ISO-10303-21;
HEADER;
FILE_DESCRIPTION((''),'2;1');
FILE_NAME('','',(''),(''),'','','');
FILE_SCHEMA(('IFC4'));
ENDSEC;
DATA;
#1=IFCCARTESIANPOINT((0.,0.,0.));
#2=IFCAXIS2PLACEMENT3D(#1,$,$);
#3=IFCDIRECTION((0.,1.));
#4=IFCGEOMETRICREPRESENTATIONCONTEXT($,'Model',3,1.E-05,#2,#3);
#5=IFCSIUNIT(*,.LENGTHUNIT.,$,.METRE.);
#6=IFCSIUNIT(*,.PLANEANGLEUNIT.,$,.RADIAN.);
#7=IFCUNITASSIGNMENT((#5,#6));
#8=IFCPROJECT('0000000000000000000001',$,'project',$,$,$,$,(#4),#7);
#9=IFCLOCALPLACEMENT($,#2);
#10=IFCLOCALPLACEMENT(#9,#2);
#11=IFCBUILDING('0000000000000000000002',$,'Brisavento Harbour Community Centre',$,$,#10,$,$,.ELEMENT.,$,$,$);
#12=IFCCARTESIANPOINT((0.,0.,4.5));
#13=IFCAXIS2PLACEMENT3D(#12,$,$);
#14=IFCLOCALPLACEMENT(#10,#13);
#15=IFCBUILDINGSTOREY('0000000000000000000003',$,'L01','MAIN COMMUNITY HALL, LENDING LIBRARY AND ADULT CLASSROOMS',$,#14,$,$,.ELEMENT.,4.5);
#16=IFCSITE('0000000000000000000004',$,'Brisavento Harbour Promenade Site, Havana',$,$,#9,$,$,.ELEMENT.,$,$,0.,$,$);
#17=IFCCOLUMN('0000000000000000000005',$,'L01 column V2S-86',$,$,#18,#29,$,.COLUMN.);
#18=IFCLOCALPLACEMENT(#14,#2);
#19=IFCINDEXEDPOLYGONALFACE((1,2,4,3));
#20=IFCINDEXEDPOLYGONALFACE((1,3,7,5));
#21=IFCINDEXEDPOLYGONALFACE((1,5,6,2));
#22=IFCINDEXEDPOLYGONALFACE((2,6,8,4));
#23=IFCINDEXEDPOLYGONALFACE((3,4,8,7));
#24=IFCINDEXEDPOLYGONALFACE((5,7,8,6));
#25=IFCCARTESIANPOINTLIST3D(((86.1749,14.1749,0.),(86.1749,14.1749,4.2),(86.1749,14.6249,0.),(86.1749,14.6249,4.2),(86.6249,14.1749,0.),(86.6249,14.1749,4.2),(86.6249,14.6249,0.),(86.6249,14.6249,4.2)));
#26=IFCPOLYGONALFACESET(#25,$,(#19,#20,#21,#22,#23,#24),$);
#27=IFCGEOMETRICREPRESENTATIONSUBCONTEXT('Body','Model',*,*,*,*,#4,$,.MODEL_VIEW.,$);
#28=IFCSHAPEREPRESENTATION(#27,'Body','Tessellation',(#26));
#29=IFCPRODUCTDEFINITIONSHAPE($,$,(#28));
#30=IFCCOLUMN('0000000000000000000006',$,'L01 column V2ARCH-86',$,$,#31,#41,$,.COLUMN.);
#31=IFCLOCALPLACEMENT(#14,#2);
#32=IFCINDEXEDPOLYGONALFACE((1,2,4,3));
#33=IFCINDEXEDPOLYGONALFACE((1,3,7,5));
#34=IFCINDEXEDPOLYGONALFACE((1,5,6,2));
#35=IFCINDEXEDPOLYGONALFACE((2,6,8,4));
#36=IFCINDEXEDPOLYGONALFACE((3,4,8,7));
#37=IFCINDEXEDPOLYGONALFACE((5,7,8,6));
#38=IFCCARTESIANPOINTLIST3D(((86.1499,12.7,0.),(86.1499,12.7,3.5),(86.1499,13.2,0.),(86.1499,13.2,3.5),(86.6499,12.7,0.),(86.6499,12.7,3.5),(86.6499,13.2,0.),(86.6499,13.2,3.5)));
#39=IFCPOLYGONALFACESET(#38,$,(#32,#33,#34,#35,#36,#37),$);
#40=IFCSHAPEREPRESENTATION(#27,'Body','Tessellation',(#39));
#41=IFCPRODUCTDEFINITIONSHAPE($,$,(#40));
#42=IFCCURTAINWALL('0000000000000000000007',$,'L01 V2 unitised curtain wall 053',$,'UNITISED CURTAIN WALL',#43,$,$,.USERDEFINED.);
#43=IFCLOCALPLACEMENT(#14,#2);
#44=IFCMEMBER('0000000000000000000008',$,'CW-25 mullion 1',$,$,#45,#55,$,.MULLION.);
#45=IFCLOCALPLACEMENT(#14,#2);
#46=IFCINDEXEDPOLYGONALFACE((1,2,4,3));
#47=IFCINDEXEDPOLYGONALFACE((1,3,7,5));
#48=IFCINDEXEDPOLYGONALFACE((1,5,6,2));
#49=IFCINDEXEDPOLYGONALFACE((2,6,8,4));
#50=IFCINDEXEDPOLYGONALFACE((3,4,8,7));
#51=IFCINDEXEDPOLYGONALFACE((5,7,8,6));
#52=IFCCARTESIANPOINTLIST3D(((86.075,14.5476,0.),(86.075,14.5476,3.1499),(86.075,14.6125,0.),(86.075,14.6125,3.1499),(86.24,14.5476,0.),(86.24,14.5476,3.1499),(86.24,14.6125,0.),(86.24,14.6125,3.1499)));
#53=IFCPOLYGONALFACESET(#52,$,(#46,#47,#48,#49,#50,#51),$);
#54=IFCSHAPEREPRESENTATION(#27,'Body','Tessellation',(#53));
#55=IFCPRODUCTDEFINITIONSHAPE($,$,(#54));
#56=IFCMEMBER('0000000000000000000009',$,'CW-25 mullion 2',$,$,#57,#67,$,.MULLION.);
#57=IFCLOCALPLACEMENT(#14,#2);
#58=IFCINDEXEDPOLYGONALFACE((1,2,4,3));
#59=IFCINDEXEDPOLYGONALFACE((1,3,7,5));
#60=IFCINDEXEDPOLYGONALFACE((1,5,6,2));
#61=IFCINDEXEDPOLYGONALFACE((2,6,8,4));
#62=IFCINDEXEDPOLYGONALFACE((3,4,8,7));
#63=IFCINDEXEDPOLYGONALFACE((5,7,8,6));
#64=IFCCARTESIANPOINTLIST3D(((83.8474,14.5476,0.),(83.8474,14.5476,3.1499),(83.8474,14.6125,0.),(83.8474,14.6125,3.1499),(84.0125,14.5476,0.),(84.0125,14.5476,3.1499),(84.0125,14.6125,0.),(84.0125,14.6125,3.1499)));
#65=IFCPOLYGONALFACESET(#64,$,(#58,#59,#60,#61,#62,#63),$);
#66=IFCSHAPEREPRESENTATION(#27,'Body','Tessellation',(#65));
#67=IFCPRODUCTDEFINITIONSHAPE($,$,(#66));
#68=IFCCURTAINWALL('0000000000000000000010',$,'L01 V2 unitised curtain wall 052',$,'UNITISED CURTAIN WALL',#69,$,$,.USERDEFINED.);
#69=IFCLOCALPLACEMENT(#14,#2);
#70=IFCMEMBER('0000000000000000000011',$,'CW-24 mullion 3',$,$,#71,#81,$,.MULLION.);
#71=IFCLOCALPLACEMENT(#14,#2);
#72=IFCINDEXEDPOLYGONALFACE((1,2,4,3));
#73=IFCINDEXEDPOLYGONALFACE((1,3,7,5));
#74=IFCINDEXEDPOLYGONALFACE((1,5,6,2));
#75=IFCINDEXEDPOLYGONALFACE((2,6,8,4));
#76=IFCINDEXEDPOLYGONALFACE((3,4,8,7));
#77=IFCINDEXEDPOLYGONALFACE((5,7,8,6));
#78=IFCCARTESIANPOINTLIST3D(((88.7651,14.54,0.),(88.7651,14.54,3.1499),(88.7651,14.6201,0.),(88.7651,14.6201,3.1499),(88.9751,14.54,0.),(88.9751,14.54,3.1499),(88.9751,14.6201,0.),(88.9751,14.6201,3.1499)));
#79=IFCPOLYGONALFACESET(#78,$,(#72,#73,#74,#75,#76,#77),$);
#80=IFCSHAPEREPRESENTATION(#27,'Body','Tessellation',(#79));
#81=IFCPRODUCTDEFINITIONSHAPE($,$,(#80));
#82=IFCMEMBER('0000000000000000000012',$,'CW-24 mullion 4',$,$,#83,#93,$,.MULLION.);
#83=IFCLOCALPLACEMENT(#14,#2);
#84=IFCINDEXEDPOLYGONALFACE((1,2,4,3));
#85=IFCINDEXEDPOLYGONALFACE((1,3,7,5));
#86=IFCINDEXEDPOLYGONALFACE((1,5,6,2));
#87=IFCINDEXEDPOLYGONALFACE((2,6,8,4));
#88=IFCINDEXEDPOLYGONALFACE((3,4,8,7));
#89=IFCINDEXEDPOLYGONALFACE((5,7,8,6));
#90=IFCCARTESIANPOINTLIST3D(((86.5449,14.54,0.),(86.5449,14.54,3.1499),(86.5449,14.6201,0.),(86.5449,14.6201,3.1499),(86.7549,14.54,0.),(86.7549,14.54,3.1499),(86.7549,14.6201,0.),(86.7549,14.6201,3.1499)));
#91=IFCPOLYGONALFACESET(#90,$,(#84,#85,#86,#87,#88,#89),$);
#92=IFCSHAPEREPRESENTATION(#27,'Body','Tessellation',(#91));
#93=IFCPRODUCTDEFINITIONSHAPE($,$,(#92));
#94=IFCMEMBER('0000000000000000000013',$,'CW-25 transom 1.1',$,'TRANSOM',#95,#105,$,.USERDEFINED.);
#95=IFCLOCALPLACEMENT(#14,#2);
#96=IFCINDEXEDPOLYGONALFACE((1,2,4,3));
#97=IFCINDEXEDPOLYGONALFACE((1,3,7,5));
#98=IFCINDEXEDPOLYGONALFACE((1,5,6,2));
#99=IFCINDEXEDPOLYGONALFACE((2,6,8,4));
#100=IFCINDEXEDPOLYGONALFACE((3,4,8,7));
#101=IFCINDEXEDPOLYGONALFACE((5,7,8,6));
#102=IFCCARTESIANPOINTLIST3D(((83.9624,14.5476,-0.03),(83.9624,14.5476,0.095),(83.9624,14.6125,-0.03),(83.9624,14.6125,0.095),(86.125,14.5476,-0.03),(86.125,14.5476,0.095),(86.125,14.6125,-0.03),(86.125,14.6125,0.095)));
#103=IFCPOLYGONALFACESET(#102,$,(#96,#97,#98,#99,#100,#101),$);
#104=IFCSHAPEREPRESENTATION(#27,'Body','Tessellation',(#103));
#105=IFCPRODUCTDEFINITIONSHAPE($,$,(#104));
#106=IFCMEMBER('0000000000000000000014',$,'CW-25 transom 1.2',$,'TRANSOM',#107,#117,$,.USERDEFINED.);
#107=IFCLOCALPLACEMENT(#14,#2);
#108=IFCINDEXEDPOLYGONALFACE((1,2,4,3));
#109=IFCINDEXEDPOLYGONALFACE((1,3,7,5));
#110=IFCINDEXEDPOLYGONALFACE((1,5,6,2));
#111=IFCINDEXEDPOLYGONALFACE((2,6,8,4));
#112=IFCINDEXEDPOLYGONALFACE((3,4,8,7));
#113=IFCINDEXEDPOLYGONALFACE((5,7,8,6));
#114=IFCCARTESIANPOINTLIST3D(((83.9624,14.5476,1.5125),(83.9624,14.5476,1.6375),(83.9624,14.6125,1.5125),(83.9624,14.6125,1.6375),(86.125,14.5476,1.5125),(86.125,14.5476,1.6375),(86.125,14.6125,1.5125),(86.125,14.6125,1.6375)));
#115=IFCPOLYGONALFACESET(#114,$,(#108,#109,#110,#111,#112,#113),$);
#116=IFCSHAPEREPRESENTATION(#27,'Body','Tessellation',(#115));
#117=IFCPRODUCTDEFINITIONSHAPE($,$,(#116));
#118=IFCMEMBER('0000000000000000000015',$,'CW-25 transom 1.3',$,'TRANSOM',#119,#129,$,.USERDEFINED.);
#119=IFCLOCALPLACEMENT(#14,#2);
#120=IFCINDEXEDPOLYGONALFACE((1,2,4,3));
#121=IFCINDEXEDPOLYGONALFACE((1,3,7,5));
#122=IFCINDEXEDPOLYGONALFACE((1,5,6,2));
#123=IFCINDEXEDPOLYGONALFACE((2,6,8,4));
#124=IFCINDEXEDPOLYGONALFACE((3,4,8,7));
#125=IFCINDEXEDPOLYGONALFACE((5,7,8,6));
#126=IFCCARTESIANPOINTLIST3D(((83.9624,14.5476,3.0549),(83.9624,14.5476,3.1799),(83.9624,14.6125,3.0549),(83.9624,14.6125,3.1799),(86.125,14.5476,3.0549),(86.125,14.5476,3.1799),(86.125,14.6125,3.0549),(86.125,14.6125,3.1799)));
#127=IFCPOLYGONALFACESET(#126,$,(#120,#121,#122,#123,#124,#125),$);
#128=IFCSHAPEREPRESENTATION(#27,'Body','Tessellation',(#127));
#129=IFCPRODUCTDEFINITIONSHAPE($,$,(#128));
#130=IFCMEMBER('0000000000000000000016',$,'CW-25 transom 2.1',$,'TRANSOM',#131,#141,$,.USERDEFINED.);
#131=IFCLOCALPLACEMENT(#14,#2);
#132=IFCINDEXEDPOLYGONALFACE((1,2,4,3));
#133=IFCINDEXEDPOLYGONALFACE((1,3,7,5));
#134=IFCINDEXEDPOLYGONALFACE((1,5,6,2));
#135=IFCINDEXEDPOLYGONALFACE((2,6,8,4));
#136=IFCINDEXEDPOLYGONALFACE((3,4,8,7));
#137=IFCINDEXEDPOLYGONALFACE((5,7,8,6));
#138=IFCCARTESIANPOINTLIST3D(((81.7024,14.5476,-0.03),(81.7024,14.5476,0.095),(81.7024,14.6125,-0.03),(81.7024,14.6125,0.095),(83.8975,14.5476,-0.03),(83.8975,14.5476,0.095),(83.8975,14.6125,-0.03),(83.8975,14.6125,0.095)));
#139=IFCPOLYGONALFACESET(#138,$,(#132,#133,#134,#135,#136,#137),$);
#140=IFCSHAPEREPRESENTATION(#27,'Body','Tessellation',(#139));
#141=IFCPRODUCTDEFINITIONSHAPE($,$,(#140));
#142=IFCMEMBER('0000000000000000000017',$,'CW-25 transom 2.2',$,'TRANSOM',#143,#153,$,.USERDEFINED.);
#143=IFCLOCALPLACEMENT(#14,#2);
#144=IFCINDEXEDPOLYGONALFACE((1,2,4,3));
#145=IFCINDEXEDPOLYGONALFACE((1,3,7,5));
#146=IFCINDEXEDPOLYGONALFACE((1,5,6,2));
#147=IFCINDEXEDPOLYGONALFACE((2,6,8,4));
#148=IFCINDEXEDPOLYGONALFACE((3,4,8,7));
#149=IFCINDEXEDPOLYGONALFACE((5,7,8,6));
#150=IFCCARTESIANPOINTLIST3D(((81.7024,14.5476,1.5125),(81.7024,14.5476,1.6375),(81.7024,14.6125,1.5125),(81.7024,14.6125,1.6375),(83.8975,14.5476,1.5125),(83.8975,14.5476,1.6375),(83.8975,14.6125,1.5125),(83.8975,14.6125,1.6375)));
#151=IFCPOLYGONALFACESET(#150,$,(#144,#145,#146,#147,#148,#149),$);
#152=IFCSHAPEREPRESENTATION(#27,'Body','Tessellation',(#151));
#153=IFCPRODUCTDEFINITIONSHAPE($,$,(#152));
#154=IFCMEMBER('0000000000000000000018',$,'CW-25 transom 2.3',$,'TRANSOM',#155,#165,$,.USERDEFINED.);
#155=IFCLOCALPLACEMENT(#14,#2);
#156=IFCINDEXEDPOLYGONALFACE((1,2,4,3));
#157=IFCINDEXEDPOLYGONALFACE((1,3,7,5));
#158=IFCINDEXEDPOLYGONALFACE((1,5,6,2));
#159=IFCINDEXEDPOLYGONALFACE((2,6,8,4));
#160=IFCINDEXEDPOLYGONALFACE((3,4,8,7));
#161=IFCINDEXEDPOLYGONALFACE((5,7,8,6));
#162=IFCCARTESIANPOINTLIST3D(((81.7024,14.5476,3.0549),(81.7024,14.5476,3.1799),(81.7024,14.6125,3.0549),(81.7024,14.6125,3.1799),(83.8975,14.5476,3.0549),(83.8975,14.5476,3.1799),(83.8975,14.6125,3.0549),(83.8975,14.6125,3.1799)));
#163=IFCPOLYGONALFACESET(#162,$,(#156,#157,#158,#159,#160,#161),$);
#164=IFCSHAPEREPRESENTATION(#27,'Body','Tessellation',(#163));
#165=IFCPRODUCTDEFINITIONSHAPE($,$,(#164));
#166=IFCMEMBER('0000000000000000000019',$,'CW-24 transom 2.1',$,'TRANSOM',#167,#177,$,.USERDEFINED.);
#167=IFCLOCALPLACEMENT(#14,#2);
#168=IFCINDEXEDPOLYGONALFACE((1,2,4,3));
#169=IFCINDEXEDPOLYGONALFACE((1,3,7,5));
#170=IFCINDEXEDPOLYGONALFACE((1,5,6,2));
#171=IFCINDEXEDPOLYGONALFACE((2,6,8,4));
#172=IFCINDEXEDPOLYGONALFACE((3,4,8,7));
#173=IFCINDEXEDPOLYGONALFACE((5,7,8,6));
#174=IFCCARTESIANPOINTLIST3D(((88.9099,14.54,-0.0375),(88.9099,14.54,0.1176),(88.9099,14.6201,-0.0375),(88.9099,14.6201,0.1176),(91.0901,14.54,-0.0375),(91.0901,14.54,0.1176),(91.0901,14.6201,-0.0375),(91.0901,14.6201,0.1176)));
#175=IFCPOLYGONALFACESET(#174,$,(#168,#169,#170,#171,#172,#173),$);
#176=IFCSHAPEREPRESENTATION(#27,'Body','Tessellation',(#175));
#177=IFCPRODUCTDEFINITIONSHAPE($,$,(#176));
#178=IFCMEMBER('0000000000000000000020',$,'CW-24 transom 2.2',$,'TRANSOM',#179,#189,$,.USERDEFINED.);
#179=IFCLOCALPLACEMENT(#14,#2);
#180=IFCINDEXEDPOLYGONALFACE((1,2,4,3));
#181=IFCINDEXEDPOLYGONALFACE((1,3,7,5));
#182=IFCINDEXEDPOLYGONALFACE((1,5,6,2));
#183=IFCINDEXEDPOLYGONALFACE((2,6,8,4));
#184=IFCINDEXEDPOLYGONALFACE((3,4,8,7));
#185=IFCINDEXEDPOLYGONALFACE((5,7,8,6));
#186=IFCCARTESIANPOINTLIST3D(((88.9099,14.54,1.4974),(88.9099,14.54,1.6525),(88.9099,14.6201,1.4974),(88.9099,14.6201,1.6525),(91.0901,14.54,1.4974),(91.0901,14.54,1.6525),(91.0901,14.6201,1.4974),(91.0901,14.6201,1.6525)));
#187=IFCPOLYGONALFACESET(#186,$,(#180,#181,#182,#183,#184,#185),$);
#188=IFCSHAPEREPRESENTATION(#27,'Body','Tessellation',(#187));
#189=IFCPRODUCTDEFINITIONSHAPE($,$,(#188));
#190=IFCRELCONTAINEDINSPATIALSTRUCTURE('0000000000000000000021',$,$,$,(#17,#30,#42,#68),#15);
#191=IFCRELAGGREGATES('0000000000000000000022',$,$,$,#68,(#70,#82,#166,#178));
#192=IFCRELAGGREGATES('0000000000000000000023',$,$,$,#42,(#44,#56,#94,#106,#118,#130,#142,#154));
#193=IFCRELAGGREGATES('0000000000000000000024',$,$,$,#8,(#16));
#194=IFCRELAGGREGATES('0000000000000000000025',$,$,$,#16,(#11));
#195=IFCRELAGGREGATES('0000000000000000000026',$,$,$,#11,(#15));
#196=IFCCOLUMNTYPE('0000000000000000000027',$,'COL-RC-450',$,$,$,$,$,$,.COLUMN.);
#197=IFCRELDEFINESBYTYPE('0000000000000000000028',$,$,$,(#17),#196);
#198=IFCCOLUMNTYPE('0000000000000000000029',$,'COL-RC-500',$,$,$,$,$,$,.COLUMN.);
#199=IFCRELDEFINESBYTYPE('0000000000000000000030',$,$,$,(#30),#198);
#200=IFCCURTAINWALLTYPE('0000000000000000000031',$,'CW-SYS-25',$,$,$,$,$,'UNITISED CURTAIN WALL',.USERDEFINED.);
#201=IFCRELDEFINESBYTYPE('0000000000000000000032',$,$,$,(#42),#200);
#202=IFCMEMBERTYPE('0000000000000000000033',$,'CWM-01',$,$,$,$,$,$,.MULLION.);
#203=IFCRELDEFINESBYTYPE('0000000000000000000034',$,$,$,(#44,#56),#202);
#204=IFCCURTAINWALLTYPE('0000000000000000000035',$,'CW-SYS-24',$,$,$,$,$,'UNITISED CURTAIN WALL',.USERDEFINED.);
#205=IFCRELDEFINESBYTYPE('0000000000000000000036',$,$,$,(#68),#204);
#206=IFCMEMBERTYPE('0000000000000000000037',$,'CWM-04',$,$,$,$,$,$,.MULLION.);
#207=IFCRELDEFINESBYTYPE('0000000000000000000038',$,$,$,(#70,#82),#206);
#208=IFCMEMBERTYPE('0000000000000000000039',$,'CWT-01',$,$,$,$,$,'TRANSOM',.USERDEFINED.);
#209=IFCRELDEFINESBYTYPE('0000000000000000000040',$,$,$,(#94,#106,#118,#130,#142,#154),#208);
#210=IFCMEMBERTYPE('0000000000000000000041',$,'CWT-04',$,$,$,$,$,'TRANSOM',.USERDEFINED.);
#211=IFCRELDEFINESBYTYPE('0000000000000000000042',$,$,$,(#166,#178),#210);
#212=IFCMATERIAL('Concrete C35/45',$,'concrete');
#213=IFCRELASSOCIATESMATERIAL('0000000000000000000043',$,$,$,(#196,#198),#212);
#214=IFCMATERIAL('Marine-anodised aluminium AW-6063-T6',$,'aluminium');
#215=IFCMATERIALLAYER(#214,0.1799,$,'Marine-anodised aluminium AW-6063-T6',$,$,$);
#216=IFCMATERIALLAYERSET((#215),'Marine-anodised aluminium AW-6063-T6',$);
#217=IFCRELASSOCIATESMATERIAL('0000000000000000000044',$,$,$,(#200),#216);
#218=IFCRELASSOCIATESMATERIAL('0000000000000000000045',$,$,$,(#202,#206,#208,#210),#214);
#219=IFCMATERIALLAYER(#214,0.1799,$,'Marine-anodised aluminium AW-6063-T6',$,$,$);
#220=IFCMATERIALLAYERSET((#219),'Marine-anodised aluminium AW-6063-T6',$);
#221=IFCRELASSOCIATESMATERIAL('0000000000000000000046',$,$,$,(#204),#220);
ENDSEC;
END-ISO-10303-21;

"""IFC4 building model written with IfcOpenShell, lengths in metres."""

from ifc_helpers import new_model, si_unit, direction, frame, origin, origin_2d, place, context, subcontext, project, spatial, rectangle, extrude, material, layer, layer_set, material_profile, profile_set, type_object, element, aggregate, save


model = new_model("IFC4")

# Units and contexts
model_context = context("Model", 3, precision=1e-05, world=origin(), true_north=direction((0.0, 1.0)))
body_context = subcontext(model_context, "Body", "Model", "MODEL_VIEW")
ifc_project = project(units=[si_unit("LENGTHUNIT", "METRE"), si_unit("PLANEANGLEUNIT", "RADIAN")], contexts=[model_context])

# Site, building, storey
site_placement = place(None, origin())
site = spatial("IfcSite", under=ifc_project, at=site_placement, Name="Brisavento Harbour Promenade Site, Havana", CompositionType="ELEMENT", RefElevation=0.0)
building_placement = place(site_placement, origin())
building = spatial("IfcBuilding", under=site, at=building_placement, Name="Brisavento Harbour Community Centre", CompositionType="ELEMENT")
storey_placement = place(building_placement, frame((0.0, 0.0, 4.5)))
storey = spatial("IfcBuildingStorey", under=building, at=storey_placement, Name="L01", Description="MAIN COMMUNITY HALL, LENDING LIBRARY AND ADULT CLASSROOMS", CompositionType="ELEMENT", Elevation=4.5)

# Columns
ifc_material_1 = material(Name="Concrete C35/45", Category="concrete")
ifc_material_profile_1 = material_profile(ifc_material_1, rectangle(XDim=0.45, YDim=0.45, at=origin_2d()), Name="Concrete C35/45")
ifc_profile_set_1 = profile_set([ifc_material_profile_1], Name="Concrete C35/45")
column_type_1 = type_object("IfcColumnType", Name="COL-RC-450", PredefinedType="COLUMN", material=ifc_profile_set_1)
column_1_placement = place(storey_placement, frame((86.3999, 14.3999, 0.0), z_axis=(0.0, 0.0, 1.0), x_axis=(1.0, 0.0, 0.0)))
element("IfcColumn", 1, at=column_1_placement, inside=storey, type_object=column_type_1, Name="L01 column V2S-86", PredefinedType="COLUMN", context=body_context, shape_type="SweptSolid", body=[
    extrude(rectangle(XDim=0.45, YDim=0.45, at=origin_2d()), origin(), (0.0, 0.0, 1.0), 4.2),
])
ifc_material_profile_2 = material_profile(ifc_material_1, rectangle(XDim=0.5, YDim=0.5, at=origin_2d()), Name="Concrete C35/45")
ifc_profile_set_2 = profile_set([ifc_material_profile_2], Name="Concrete C35/45")
column_type_2 = type_object("IfcColumnType", Name="COL-RC-500", PredefinedType="COLUMN", material=ifc_profile_set_2)
column_2_placement = place(storey_placement, frame((86.3999, 12.95, 0.0), z_axis=(0.0, 0.0, 1.0), x_axis=(1.0, 0.0, 0.0)))
element("IfcColumn", 2, at=column_2_placement, inside=storey, type_object=column_type_2, Name="L01 column V2ARCH-86", PredefinedType="COLUMN", context=body_context, shape_type="SweptSolid", body=[
    extrude(rectangle(XDim=0.5, YDim=0.5, at=origin_2d()), origin(), (0.0, 0.0, 1.0), 3.5),
])

# Curtain walls, members
ifc_material_2 = material(Name="Marine-anodised aluminium AW-6063-T6", Category="aluminium")
ifc_layer_1 = layer(ifc_material_2, 0.1799, Name="Marine-anodised aluminium AW-6063-T6")
ifc_layer_set_1 = layer_set([ifc_layer_1], Name="Marine-anodised aluminium AW-6063-T6")
curtain_wall_type_1 = type_object("IfcCurtainWallType", Name="CW-SYS-25", ElementType="UNITISED CURTAIN WALL", PredefinedType="USERDEFINED", material=ifc_layer_set_1)
curtain_wall_1_placement = place(storey_placement, origin())
curtain_wall_1 = element("IfcCurtainWall", 3, at=curtain_wall_1_placement, inside=storey, type_object=curtain_wall_type_1, Name="L01 V2 unitised curtain wall 053", ObjectType="UNITISED CURTAIN WALL", PredefinedType="USERDEFINED")
ifc_material_profile_3 = material_profile(ifc_material_2, rectangle(XDim=0.0649, YDim=0.165, at=origin_2d()), Name="Marine-anodised aluminium AW-6063-T6")
ifc_profile_set_3 = profile_set([ifc_material_profile_3], Name="Marine-anodised aluminium AW-6063-T6")
member_type_1 = type_object("IfcMemberType", Name="CWM-01", PredefinedType="MULLION", material=ifc_profile_set_3)
member_1_placement = place(storey_placement, frame((86.1575, 14.5801, 0.0), z_axis=(0.0, 0.0, 1.0), x_axis=(0.0, -1.0, 0.0)))
member_1 = element("IfcMember", 4, at=member_1_placement, type_object=member_type_1, Name="CW-25 mullion 1", PredefinedType="MULLION", context=body_context, shape_type="SweptSolid", body=[
    extrude(rectangle(XDim=0.0649, YDim=0.165, at=origin_2d()), origin(), (0.0, 0.0, 1.0), 3.1499),
])
member_2_placement = place(storey_placement, frame((83.9299, 14.5801, 0.0), z_axis=(0.0, 0.0, 1.0), x_axis=(0.0, -1.0, 0.0)))
member_2 = element("IfcMember", 5, at=member_2_placement, type_object=member_type_1, Name="CW-25 mullion 2", PredefinedType="MULLION", context=body_context, shape_type="SweptSolid", body=[
    extrude(rectangle(XDim=0.0649, YDim=0.165, at=origin_2d()), origin(), (0.0, 0.0, 1.0), 3.1499),
])
ifc_layer_2 = layer(ifc_material_2, 0.1799, Name="Marine-anodised aluminium AW-6063-T6")
ifc_layer_set_2 = layer_set([ifc_layer_2], Name="Marine-anodised aluminium AW-6063-T6")
curtain_wall_type_2 = type_object("IfcCurtainWallType", Name="CW-SYS-24", ElementType="UNITISED CURTAIN WALL", PredefinedType="USERDEFINED", material=ifc_layer_set_2)
curtain_wall_2_placement = place(storey_placement, origin())
curtain_wall_2 = element("IfcCurtainWall", 6, at=curtain_wall_2_placement, inside=storey, type_object=curtain_wall_type_2, Name="L01 V2 unitised curtain wall 052", ObjectType="UNITISED CURTAIN WALL", PredefinedType="USERDEFINED")
ifc_material_profile_4 = material_profile(ifc_material_2, rectangle(XDim=0.0801, YDim=0.21, at=origin_2d()), Name="Marine-anodised aluminium AW-6063-T6")
ifc_profile_set_4 = profile_set([ifc_material_profile_4], Name="Marine-anodised aluminium AW-6063-T6")
member_type_2 = type_object("IfcMemberType", Name="CWM-04", PredefinedType="MULLION", material=ifc_profile_set_4)
member_3_placement = place(storey_placement, frame((88.8701, 14.5801, 0.0), z_axis=(0.0, 0.0, 1.0), x_axis=(0.0, -1.0, 0.0)))
member_3 = element("IfcMember", 7, at=member_3_placement, type_object=member_type_2, Name="CW-24 mullion 3", PredefinedType="MULLION", context=body_context, shape_type="SweptSolid", body=[
    extrude(rectangle(XDim=0.0801, YDim=0.21, at=origin_2d()), origin(), (0.0, 0.0, 1.0), 3.1499),
])
member_4_placement = place(storey_placement, frame((86.6499, 14.5801, 0.0), z_axis=(0.0, 0.0, 1.0), x_axis=(0.0, -1.0, 0.0)))
member_4 = element("IfcMember", 8, at=member_4_placement, type_object=member_type_2, Name="CW-24 mullion 4", PredefinedType="MULLION", context=body_context, shape_type="SweptSolid", body=[
    extrude(rectangle(XDim=0.0801, YDim=0.21, at=origin_2d()), origin(), (0.0, 0.0, 1.0), 3.1499),
])

# Members
ifc_material_profile_5 = material_profile(ifc_material_2, rectangle(XDim=0.0649, YDim=0.125, at=origin_2d()), Name="Marine-anodised aluminium AW-6063-T6")
ifc_profile_set_5 = profile_set([ifc_material_profile_5], Name="Marine-anodised aluminium AW-6063-T6")
member_type_3 = type_object("IfcMemberType", Name="CWT-01", ElementType="TRANSOM", PredefinedType="USERDEFINED", material=ifc_profile_set_5)
member_5_placement = place(storey_placement, frame((86.125, 14.5801, 0.0325), z_axis=(-1.0, 0.0, 0.0), x_axis=(0.0, -1.0, 0.0)))
member_5 = element("IfcMember", 9, at=member_5_placement, type_object=member_type_3, Name="CW-25 transom 1.1", ObjectType="TRANSOM", PredefinedType="USERDEFINED", context=body_context, shape_type="SweptSolid", body=[
    extrude(rectangle(XDim=0.0649, YDim=0.125, at=origin_2d()), origin(), (0.0, 0.0, 1.0), 2.1626),
])
member_6_placement = place(storey_placement, frame((86.125, 14.5801, 1.575), z_axis=(-1.0, 0.0, 0.0), x_axis=(0.0, -1.0, 0.0)))
member_6 = element("IfcMember", 10, at=member_6_placement, type_object=member_type_3, Name="CW-25 transom 1.2", ObjectType="TRANSOM", PredefinedType="USERDEFINED", context=body_context, shape_type="SweptSolid", body=[
    extrude(rectangle(XDim=0.0649, YDim=0.125, at=origin_2d()), origin(), (0.0, 0.0, 1.0), 2.1626),
])
member_7_placement = place(storey_placement, frame((86.125, 14.5801, 3.1174), z_axis=(-1.0, 0.0, 0.0), x_axis=(0.0, -1.0, 0.0)))
member_7 = element("IfcMember", 11, at=member_7_placement, type_object=member_type_3, Name="CW-25 transom 1.3", ObjectType="TRANSOM", PredefinedType="USERDEFINED", context=body_context, shape_type="SweptSolid", body=[
    extrude(rectangle(XDim=0.0649, YDim=0.125, at=origin_2d()), origin(), (0.0, 0.0, 1.0), 2.1626),
])
member_8_placement = place(storey_placement, frame((83.8975, 14.5801, 0.0325), z_axis=(-1.0, 0.0, 0.0), x_axis=(0.0, -1.0, 0.0)))
member_8 = element("IfcMember", 12, at=member_8_placement, type_object=member_type_3, Name="CW-25 transom 2.1", ObjectType="TRANSOM", PredefinedType="USERDEFINED", context=body_context, shape_type="SweptSolid", body=[
    extrude(rectangle(XDim=0.0649, YDim=0.125, at=origin_2d()), origin(), (0.0, 0.0, 1.0), 2.1951),
])
member_9_placement = place(storey_placement, frame((83.8975, 14.5801, 1.575), z_axis=(-1.0, 0.0, 0.0), x_axis=(0.0, -1.0, 0.0)))
member_9 = element("IfcMember", 13, at=member_9_placement, type_object=member_type_3, Name="CW-25 transom 2.2", ObjectType="TRANSOM", PredefinedType="USERDEFINED", context=body_context, shape_type="SweptSolid", body=[
    extrude(rectangle(XDim=0.0649, YDim=0.125, at=origin_2d()), origin(), (0.0, 0.0, 1.0), 2.1951),
])
member_10_placement = place(storey_placement, frame((83.8975, 14.5801, 3.1174), z_axis=(-1.0, 0.0, 0.0), x_axis=(0.0, -1.0, 0.0)))
member_10 = element("IfcMember", 14, at=member_10_placement, type_object=member_type_3, Name="CW-25 transom 2.3", ObjectType="TRANSOM", PredefinedType="USERDEFINED", context=body_context, shape_type="SweptSolid", body=[
    extrude(rectangle(XDim=0.0649, YDim=0.125, at=origin_2d()), origin(), (0.0, 0.0, 1.0), 2.1951),
])
ifc_material_profile_6 = material_profile(ifc_material_2, rectangle(XDim=0.0801, YDim=0.155, at=origin_2d()), Name="Marine-anodised aluminium AW-6063-T6")
ifc_profile_set_6 = profile_set([ifc_material_profile_6], Name="Marine-anodised aluminium AW-6063-T6")
member_type_4 = type_object("IfcMemberType", Name="CWT-04", ElementType="TRANSOM", PredefinedType="USERDEFINED", material=ifc_profile_set_6)
member_11_placement = place(storey_placement, frame((91.0901, 14.5801, 0.04), z_axis=(-1.0, 0.0, 0.0), x_axis=(0.0, -1.0, 0.0)))
member_11 = element("IfcMember", 15, at=member_11_placement, type_object=member_type_4, Name="CW-24 transom 2.1", ObjectType="TRANSOM", PredefinedType="USERDEFINED", context=body_context, shape_type="SweptSolid", body=[
    extrude(rectangle(XDim=0.0801, YDim=0.155, at=origin_2d()), origin(), (0.0, 0.0, 1.0), 2.1802),
])
member_12_placement = place(storey_placement, frame((91.0901, 14.5801, 1.575), z_axis=(-1.0, 0.0, 0.0), x_axis=(0.0, -1.0, 0.0)))
member_12 = element("IfcMember", 16, at=member_12_placement, type_object=member_type_4, Name="CW-24 transom 2.2", ObjectType="TRANSOM", PredefinedType="USERDEFINED", context=body_context, shape_type="SweptSolid", body=[
    extrude(rectangle(XDim=0.0801, YDim=0.155, at=origin_2d()), origin(), (0.0, 0.0, 1.0), 2.1802),
])

aggregate(curtain_wall_2, [member_3, member_4, member_11, member_12])
aggregate(curtain_wall_1, [member_1, member_2, member_5, member_6, member_7, member_8, member_9, member_10])

save(model, "model.ifc")
